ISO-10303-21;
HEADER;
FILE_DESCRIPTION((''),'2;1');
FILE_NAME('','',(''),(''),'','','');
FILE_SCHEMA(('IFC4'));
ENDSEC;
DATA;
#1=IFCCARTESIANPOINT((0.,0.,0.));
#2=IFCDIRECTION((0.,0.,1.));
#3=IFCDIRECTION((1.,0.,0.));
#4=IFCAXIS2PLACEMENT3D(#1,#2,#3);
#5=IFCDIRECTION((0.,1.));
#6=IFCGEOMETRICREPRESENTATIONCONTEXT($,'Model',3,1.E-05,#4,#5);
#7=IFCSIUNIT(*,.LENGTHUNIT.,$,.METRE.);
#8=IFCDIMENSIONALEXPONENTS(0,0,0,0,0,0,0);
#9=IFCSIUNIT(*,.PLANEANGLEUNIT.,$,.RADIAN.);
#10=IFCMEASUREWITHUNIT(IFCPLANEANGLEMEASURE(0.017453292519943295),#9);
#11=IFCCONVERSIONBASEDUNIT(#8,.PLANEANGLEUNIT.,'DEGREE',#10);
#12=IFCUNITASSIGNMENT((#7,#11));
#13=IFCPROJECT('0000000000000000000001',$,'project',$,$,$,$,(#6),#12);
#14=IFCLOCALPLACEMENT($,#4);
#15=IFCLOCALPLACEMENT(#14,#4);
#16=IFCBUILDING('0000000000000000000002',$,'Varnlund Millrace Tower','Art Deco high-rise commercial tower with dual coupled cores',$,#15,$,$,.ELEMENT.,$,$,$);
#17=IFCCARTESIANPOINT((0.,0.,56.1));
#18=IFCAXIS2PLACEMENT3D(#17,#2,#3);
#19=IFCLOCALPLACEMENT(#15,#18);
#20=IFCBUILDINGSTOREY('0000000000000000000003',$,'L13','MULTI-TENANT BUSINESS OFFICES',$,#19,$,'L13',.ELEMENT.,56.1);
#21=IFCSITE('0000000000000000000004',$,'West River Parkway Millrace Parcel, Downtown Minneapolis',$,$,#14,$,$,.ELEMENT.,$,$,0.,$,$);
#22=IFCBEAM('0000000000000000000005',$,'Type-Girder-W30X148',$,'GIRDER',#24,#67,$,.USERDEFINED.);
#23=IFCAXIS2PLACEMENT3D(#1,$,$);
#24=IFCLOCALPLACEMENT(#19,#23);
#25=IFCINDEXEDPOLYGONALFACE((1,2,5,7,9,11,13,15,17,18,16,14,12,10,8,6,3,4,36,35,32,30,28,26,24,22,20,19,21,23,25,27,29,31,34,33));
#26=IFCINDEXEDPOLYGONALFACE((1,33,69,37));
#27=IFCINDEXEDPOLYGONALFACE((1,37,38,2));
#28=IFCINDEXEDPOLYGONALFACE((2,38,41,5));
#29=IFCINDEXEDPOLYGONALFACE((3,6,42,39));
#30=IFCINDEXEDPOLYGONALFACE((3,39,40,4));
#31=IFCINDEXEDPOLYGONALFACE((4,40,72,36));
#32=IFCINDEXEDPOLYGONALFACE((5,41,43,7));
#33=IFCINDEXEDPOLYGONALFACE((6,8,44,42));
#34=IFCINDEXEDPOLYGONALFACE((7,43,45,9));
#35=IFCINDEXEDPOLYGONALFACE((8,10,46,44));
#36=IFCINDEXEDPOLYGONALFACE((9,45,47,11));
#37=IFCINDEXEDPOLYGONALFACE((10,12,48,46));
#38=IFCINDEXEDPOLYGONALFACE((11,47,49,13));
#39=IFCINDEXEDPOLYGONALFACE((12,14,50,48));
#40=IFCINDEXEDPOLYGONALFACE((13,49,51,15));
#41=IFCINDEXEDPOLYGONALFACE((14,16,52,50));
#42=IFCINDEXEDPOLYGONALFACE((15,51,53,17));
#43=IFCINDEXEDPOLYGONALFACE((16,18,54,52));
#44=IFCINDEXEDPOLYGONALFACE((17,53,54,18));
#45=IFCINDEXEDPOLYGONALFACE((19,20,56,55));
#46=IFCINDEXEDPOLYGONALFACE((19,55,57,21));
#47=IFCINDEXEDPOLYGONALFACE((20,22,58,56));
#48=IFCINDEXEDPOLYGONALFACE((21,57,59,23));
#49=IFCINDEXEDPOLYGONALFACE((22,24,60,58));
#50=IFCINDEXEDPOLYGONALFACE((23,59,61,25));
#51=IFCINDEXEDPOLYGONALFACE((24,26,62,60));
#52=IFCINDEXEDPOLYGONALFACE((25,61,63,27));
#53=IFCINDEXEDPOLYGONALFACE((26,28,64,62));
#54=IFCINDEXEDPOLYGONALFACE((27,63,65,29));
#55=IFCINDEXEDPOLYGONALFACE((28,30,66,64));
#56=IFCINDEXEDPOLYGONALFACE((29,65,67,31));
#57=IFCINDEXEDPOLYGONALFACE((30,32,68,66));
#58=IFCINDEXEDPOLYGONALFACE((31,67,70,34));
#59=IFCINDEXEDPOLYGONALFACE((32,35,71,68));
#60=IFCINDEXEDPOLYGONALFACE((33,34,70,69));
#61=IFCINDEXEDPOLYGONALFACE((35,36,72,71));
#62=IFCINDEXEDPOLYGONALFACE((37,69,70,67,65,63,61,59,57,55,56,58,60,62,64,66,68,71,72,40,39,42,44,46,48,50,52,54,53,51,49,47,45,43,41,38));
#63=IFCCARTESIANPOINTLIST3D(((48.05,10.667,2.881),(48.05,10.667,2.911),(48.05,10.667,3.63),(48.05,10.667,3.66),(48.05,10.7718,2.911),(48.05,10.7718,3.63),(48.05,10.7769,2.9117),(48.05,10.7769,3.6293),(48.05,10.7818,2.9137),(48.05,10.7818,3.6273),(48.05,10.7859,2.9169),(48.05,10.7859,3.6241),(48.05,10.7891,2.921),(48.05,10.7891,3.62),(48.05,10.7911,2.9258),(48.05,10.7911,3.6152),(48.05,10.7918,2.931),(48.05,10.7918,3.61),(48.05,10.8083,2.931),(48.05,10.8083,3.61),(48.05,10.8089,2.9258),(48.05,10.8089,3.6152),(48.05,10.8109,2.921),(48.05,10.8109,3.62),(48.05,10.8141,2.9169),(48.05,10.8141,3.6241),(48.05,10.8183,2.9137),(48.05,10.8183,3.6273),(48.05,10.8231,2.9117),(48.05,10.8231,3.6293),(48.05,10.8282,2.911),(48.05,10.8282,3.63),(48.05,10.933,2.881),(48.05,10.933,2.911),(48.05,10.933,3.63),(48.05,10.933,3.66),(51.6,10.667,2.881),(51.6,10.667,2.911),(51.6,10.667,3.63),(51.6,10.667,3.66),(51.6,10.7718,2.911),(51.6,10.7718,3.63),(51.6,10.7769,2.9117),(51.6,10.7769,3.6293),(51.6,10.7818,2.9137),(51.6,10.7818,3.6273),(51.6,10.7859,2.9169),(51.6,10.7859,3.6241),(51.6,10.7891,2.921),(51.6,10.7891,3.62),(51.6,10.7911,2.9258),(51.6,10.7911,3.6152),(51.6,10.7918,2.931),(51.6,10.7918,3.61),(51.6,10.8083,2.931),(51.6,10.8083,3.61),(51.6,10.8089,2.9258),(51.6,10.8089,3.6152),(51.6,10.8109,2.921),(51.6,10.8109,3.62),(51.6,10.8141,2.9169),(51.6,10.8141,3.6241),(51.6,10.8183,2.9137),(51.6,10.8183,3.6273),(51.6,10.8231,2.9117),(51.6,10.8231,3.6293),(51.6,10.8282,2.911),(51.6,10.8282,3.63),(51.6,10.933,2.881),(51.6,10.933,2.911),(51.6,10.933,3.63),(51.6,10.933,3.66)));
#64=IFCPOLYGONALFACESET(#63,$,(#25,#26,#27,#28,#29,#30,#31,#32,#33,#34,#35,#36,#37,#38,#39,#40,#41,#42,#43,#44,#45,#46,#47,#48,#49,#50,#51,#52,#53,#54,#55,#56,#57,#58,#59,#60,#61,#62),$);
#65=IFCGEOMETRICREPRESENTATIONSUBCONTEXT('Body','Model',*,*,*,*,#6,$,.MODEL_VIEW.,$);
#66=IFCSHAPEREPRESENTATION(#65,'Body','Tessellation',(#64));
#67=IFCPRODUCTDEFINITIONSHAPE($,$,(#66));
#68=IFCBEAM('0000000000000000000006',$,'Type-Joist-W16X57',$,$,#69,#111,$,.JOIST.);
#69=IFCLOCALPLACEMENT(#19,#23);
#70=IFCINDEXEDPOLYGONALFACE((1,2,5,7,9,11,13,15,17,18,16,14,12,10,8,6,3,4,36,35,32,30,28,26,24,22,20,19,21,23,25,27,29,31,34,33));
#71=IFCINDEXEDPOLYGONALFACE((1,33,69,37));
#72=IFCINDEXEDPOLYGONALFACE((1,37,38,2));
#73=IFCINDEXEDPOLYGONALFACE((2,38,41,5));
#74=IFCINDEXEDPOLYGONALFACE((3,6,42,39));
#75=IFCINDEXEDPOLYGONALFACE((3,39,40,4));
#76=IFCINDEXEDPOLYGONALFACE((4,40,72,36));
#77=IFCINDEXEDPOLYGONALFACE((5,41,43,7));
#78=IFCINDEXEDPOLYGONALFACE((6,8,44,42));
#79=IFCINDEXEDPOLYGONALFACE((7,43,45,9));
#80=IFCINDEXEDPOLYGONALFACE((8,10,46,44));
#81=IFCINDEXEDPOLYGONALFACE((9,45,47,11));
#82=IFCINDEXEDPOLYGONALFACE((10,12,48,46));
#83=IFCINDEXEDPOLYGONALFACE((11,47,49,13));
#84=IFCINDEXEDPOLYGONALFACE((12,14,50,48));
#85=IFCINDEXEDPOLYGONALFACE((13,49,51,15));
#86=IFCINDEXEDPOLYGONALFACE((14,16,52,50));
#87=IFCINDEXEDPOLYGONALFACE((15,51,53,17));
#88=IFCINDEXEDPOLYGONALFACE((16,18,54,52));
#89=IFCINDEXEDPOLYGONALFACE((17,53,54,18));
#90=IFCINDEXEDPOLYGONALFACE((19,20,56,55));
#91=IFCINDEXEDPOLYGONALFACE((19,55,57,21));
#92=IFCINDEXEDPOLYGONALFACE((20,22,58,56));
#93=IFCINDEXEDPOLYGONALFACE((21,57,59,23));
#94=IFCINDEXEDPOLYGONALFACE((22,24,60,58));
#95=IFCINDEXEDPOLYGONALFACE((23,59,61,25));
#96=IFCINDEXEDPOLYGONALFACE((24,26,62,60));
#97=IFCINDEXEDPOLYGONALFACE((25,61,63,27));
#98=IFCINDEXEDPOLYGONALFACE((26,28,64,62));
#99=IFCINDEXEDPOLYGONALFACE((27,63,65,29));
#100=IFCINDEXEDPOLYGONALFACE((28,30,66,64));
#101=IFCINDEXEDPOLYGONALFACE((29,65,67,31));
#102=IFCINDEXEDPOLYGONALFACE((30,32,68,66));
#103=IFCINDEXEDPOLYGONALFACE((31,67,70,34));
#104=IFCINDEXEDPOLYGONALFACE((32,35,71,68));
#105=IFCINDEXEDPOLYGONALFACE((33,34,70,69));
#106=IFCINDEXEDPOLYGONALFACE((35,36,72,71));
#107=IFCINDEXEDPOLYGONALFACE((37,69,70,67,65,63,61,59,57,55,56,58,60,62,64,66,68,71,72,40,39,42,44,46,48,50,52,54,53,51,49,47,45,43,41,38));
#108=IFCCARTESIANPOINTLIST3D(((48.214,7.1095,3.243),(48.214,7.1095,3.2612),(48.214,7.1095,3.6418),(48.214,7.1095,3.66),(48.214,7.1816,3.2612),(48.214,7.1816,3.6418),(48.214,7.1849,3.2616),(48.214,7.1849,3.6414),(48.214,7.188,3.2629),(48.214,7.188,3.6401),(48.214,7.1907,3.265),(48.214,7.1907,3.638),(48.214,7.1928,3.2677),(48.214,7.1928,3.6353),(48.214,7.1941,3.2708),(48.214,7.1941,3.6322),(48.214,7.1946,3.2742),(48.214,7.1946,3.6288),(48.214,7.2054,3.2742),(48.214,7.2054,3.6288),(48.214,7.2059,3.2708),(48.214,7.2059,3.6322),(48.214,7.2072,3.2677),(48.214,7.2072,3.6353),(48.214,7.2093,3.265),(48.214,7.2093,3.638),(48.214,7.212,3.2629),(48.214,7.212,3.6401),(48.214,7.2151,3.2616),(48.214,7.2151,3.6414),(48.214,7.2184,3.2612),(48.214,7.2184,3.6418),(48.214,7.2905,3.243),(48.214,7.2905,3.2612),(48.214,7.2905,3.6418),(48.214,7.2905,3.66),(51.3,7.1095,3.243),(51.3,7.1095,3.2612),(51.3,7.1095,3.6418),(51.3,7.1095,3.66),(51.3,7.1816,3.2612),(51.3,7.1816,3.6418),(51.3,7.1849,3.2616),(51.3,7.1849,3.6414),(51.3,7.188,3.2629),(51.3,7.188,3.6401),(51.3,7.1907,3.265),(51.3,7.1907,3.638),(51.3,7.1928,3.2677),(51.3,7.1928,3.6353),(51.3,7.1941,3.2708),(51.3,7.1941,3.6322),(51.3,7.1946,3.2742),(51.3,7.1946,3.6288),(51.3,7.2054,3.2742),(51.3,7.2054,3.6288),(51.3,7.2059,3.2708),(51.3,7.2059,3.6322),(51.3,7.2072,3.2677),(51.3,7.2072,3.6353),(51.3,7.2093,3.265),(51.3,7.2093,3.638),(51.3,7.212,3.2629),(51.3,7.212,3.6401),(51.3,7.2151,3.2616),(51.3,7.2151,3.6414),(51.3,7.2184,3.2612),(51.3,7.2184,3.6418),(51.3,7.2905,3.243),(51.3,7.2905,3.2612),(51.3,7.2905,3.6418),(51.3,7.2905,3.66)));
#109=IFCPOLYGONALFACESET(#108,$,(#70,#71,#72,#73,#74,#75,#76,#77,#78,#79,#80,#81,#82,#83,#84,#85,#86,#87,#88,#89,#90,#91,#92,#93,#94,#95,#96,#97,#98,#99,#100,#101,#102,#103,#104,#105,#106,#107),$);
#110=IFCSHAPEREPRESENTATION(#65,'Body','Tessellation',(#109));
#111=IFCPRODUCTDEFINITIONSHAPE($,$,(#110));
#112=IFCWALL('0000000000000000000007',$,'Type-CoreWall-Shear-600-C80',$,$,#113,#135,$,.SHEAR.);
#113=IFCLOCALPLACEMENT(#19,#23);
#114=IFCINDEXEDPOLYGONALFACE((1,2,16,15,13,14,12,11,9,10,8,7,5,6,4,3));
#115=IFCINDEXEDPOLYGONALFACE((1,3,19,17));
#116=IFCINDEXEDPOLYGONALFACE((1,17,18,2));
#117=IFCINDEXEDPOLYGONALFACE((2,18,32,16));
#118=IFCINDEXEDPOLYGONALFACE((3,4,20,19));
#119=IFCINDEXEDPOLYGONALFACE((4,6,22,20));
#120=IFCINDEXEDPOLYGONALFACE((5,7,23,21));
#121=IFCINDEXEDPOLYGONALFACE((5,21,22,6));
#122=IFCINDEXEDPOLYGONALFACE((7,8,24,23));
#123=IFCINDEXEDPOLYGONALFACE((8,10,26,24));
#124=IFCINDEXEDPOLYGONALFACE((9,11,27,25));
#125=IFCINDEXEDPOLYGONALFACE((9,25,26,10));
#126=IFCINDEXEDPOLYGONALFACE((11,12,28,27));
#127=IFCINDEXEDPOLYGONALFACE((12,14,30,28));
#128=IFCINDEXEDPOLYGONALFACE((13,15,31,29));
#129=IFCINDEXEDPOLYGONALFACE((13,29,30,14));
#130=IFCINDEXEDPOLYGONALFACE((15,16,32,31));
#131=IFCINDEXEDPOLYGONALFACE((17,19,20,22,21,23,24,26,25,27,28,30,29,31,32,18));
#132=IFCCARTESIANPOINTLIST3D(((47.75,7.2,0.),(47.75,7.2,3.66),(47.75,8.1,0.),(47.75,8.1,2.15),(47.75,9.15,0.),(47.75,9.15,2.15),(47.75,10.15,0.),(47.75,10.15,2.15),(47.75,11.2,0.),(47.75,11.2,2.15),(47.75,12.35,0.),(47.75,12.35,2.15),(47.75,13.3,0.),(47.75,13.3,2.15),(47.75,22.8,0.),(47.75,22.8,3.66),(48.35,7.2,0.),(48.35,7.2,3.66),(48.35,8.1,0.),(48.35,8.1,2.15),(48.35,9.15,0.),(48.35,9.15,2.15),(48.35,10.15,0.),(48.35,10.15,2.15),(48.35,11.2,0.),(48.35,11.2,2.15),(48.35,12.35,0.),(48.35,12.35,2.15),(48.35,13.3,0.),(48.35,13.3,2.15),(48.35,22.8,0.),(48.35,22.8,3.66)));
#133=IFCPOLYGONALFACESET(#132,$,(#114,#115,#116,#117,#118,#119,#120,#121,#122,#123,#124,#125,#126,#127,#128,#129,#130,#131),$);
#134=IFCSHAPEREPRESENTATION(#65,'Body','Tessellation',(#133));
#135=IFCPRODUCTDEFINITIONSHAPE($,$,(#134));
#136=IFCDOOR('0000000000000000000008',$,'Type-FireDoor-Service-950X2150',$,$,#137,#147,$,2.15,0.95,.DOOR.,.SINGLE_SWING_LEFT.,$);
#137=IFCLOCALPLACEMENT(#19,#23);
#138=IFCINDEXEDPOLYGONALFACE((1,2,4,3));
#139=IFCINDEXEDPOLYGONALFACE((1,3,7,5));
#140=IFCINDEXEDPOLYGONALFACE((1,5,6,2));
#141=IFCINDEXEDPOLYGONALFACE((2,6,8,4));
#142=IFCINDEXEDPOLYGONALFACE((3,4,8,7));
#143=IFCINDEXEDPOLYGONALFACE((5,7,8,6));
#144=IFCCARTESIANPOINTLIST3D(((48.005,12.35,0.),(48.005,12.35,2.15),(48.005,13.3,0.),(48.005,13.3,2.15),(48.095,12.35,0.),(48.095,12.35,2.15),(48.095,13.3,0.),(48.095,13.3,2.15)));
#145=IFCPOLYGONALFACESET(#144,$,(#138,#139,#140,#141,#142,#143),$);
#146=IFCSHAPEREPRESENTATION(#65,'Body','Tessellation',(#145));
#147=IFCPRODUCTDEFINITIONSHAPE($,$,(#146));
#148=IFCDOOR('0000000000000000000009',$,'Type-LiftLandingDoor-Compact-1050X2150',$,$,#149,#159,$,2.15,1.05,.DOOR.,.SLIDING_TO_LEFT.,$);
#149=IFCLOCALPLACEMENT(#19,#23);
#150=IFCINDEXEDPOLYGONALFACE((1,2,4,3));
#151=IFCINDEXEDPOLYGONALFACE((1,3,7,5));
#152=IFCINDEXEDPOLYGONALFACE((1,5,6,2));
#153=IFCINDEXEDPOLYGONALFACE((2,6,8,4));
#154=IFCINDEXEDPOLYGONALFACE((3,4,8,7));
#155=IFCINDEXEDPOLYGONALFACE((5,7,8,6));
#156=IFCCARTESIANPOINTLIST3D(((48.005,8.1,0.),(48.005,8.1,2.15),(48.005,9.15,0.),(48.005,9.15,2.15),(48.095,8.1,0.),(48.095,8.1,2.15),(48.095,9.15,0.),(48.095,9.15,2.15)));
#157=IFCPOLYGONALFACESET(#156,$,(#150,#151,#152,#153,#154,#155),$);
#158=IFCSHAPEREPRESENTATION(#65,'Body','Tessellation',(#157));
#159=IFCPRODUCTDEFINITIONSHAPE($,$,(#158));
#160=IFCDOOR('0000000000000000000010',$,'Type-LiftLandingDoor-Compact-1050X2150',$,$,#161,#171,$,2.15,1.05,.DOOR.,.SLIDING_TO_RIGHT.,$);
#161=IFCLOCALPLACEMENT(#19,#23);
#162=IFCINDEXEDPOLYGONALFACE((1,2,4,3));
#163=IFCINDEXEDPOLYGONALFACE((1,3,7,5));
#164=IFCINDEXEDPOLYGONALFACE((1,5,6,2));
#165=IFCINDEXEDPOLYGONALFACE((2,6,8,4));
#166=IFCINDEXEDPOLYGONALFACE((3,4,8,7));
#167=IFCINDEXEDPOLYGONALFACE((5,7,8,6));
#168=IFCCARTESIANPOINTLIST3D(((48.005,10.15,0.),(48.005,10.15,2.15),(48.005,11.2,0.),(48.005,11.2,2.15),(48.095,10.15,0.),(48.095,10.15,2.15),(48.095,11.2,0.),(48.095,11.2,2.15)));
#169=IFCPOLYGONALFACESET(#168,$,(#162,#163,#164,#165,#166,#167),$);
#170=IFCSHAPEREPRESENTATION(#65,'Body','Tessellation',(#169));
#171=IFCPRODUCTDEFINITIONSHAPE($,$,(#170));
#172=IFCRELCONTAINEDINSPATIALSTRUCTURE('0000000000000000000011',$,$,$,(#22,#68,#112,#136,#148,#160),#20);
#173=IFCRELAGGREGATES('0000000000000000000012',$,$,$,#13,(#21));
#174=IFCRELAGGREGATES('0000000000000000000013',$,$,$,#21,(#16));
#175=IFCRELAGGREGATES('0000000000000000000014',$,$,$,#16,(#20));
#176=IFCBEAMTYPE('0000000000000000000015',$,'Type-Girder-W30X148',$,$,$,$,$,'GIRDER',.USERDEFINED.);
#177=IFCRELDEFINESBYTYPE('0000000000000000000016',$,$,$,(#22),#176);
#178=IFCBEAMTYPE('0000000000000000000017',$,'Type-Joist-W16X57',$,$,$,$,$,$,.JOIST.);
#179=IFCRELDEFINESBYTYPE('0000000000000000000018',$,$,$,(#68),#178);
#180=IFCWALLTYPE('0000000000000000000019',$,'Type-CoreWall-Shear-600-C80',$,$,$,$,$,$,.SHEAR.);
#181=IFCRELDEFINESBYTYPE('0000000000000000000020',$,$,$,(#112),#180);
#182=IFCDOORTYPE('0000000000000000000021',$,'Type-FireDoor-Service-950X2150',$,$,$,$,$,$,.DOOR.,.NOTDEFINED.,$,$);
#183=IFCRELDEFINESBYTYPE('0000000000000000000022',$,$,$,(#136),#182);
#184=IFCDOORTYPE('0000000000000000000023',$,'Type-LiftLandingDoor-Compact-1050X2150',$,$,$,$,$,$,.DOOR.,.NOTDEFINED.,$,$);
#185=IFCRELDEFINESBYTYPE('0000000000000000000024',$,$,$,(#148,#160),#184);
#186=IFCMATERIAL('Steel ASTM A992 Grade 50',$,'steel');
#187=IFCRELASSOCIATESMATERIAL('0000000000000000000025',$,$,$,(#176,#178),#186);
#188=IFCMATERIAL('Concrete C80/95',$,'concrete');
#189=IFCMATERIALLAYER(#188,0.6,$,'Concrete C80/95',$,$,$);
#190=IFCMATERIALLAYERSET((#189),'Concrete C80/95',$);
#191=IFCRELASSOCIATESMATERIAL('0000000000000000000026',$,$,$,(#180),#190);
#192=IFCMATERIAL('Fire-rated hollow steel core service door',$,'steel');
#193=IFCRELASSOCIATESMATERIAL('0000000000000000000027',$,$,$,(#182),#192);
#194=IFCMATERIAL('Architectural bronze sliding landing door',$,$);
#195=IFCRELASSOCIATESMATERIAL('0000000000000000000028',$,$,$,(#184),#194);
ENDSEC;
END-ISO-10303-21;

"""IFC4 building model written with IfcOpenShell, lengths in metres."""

from ifc_helpers import new_model, entity, si_unit, converted_unit, direction, frame, origin_with_axes, origin_2d_with_axis, place, context, subcontext, project, spatial, polyline, rectangle, i_section, outline, extrude, material, layer, layer_set, material_profile, profile_set, type_object, element, fill, save


model = new_model("IFC4")

# Units and contexts
model_context = context("Model", 3, precision=1e-05, world=origin_with_axes(), true_north=direction((0.0, 1.0)))
body_context = subcontext(model_context, "Body", "Model", "MODEL_VIEW")
ifc_project = project(units=[si_unit("LENGTHUNIT", "METRE"), converted_unit("PLANEANGLEUNIT", "DEGREE", entity("IfcPlaneAngleMeasure", 0.017453292519943295), si_unit("PLANEANGLEUNIT", "RADIAN"), dimensions=[0, 0, 0, 0, 0, 0, 0])], contexts=[model_context])

# Site, building, storey
site_placement = place(None, origin_with_axes())
site = spatial("IfcSite", under=ifc_project, at=site_placement, Name="West River Parkway Millrace Parcel, Downtown Minneapolis", CompositionType="ELEMENT", RefElevation=0.0)
building_placement = place(site_placement, origin_with_axes())
building = spatial("IfcBuilding", under=site, at=building_placement, Name="Varnlund Millrace Tower", Description="Art Deco high-rise commercial tower with dual coupled cores", CompositionType="ELEMENT")
storey_placement = place(building_placement, frame((0.0, 0.0, 56.1), z_axis=(0.0, 0.0, 1.0), x_axis=(1.0, 0.0, 0.0)))
storey = spatial("IfcBuildingStorey", under=building, at=storey_placement, Name="L13", Description="MULTI-TENANT BUSINESS OFFICES", LongName="L13", CompositionType="ELEMENT", Elevation=56.1)

# Shared definitions
ifc_material_1 = material(Name="Concrete C80/95", Category="concrete")

# Beams
ifc_material_2 = material(Name="Steel ASTM A992 Grade 50", Category="steel")
ifc_material_profile_1 = material_profile(ifc_material_2, i_section(OverallWidth=0.266, OverallDepth=0.779, WebThickness=0.0165, FlangeThickness=0.03, FilletRadius=0.02, at=origin_2d_with_axis()), Name="Steel ASTM A992 Grade 50")
ifc_profile_set_1 = profile_set([ifc_material_profile_1], Name="Steel ASTM A992 Grade 50")
beam_type_1 = type_object("IfcBeamType", Name="Type-Girder-W30X148", ElementType="GIRDER", PredefinedType="USERDEFINED", material=ifc_profile_set_1)
for number, where, z_axis, x_axis, name in (
    (1, (48.05, 10.8, 3.2705), (1.0, 0.0, 0.0), (0.0, 1.0, 0.0), "Type-Girder-W30X148"),
):
    element("IfcBeam", number, at=place(storey_placement, frame(where, z_axis=z_axis, x_axis=x_axis)), inside=storey, type_object=beam_type_1, Name=name, ObjectType="GIRDER", PredefinedType="USERDEFINED", context=body_context, shape_type="SweptSolid", body=[
        extrude(i_section(OverallWidth=0.266, OverallDepth=0.779, WebThickness=0.0165, FlangeThickness=0.03, FilletRadius=0.02, at=origin_2d_with_axis()), origin_with_axes(), (0.0, 0.0, 1.0), 3.55),
    ])
ifc_material_profile_2 = material_profile(ifc_material_2, i_section(OverallWidth=0.181, OverallDepth=0.417, WebThickness=0.0109, FlangeThickness=0.0182, FilletRadius=0.013, at=origin_2d_with_axis()), Name="Steel ASTM A992 Grade 50")
ifc_profile_set_2 = profile_set([ifc_material_profile_2], Name="Steel ASTM A992 Grade 50")
beam_type_2 = type_object("IfcBeamType", Name="Type-Joist-W16X57", PredefinedType="JOIST", material=ifc_profile_set_2)
beam_1_placement = place(storey_placement, frame((48.214, 7.2, 3.4515), z_axis=(1.0, 0.0, 0.0), x_axis=(0.0, 1.0, 0.0)))
element("IfcBeam", 2, at=beam_1_placement, inside=storey, type_object=beam_type_2, Name="Type-Joist-W16X57", PredefinedType="JOIST", context=body_context, shape_type="SweptSolid", body=[
    extrude(i_section(OverallWidth=0.181, OverallDepth=0.417, WebThickness=0.0109, FlangeThickness=0.0182, FilletRadius=0.013, at=origin_2d_with_axis()), origin_with_axes(), (0.0, 0.0, 1.0), 3.086),
])

# Wall, openings, doors
ifc_layer_1 = layer(ifc_material_1, 0.6, Name="Concrete C80/95")
ifc_layer_set_1 = layer_set([ifc_layer_1], Name="Concrete C80/95")
wall_type_1 = type_object("IfcWallType", Name="Type-CoreWall-Shear-600-C80", PredefinedType="SHEAR", material=ifc_layer_set_1)
wall_1_placement = place(storey_placement, frame((48.05, 7.2, 0.0), z_axis=(0.0, 0.0, 1.0), x_axis=(0.0, 1.0, 0.0)))
wall_1 = element("IfcWall", 3, at=wall_1_placement, inside=storey, type_object=wall_type_1, Name="Type-CoreWall-Shear-600-C80", PredefinedType="SHEAR", context=body_context, shape_type="SweptSolid", body=[
    extrude(outline(polyline([(0.0, -0.3), (15.6, -0.3), (15.6, 0.3), (0.0, 0.3), (0.0, -0.3)])), origin_with_axes(), (0.0, 0.0, 1.0), 3.66),
])
opening_1_placement = place(wall_1_placement, frame((1.425, 0.0, 0.0), z_axis=(0.0, 0.0, 1.0), x_axis=(1.0, 0.0, 0.0)))
opening_1 = element("IfcOpeningElement", 4, at=opening_1_placement, cuts=wall_1, PredefinedType="OPENING", context=body_context, shape_type="SweptSolid", body=[
    extrude(rectangle(XDim=1.05, YDim=0.62, at=origin_2d_with_axis()), origin_with_axes(), (0.0, 0.0, 1.0), 2.15),
])
opening_2_placement = place(wall_1_placement, frame((3.475, 0.0, 0.0), z_axis=(0.0, 0.0, 1.0), x_axis=(1.0, 0.0, 0.0)))
opening_2 = element("IfcOpeningElement", 5, at=opening_2_placement, cuts=wall_1, PredefinedType="OPENING", context=body_context, shape_type="SweptSolid", body=[
    extrude(rectangle(XDim=1.05, YDim=0.62, at=origin_2d_with_axis()), origin_with_axes(), (0.0, 0.0, 1.0), 2.15),
])
opening_3_placement = place(wall_1_placement, frame((5.625, 0.0, 0.0), z_axis=(0.0, 0.0, 1.0), x_axis=(1.0, 0.0, 0.0)))
opening_3 = element("IfcOpeningElement", 6, at=opening_3_placement, cuts=wall_1, PredefinedType="OPENING", context=body_context, shape_type="SweptSolid", body=[
    extrude(rectangle(XDim=0.95, YDim=0.62, at=origin_2d_with_axis()), origin_with_axes(), (0.0, 0.0, 1.0), 2.15),
])
ifc_material_3 = material(Name="Fire-rated hollow steel core service door", Category="steel")
door_type_1 = type_object("IfcDoorType", Name="Type-FireDoor-Service-950X2150", OperationType="NOTDEFINED", PredefinedType="DOOR", material=ifc_material_3)
door_1_placement = place(wall_1_placement, frame((5.625, 0.0, 0.0), z_axis=(0.0, 0.0, 1.0), x_axis=(1.0, 0.0, 0.0)))
door_1 = element("IfcDoor", 7, at=door_1_placement, inside=storey, type_object=door_type_1, Name="Type-FireDoor-Service-950X2150", OperationType="SINGLE_SWING_LEFT", OverallHeight=2.15, OverallWidth=0.95, PredefinedType="DOOR", context=body_context, shape_type="SweptSolid", body=[
    extrude(rectangle(XDim=0.95, YDim=0.09, at=origin_2d_with_axis()), origin_with_axes(), (0.0, 0.0, 1.0), 2.15),
])
fill(opening_3, door_1)
ifc_material_4 = material(Name="Architectural bronze sliding landing door")
door_type_2 = type_object("IfcDoorType", Name="Type-LiftLandingDoor-Compact-1050X2150", OperationType="NOTDEFINED", PredefinedType="DOOR", material=ifc_material_4)
door_2_placement = place(wall_1_placement, frame((1.425, 0.0, 0.0), z_axis=(0.0, 0.0, 1.0), x_axis=(1.0, 0.0, 0.0)))
door_2 = element("IfcDoor", 8, at=door_2_placement, inside=storey, type_object=door_type_2, Name="Type-LiftLandingDoor-Compact-1050X2150", OperationType="SLIDING_TO_LEFT", OverallHeight=2.15, OverallWidth=1.05, PredefinedType="DOOR", context=body_context, shape_type="SweptSolid", body=[
    extrude(rectangle(XDim=1.05, YDim=0.09, at=origin_2d_with_axis()), origin_with_axes(), (0.0, 0.0, 1.0), 2.15),
])
fill(opening_1, door_2)
door_3_placement = place(wall_1_placement, frame((3.475, 0.0, 0.0), z_axis=(0.0, 0.0, 1.0), x_axis=(1.0, 0.0, 0.0)))
door_3 = element("IfcDoor", 9, at=door_3_placement, inside=storey, type_object=door_type_2, Name="Type-LiftLandingDoor-Compact-1050X2150", OperationType="SLIDING_TO_RIGHT", OverallHeight=2.15, OverallWidth=1.05, PredefinedType="DOOR", context=body_context, shape_type="SweptSolid", body=[
    extrude(rectangle(XDim=1.05, YDim=0.09, at=origin_2d_with_axis()), origin_with_axes(), (0.0, 0.0, 1.0), 2.15),
])
fill(opening_2, door_3)

save(model, "model.ifc")
